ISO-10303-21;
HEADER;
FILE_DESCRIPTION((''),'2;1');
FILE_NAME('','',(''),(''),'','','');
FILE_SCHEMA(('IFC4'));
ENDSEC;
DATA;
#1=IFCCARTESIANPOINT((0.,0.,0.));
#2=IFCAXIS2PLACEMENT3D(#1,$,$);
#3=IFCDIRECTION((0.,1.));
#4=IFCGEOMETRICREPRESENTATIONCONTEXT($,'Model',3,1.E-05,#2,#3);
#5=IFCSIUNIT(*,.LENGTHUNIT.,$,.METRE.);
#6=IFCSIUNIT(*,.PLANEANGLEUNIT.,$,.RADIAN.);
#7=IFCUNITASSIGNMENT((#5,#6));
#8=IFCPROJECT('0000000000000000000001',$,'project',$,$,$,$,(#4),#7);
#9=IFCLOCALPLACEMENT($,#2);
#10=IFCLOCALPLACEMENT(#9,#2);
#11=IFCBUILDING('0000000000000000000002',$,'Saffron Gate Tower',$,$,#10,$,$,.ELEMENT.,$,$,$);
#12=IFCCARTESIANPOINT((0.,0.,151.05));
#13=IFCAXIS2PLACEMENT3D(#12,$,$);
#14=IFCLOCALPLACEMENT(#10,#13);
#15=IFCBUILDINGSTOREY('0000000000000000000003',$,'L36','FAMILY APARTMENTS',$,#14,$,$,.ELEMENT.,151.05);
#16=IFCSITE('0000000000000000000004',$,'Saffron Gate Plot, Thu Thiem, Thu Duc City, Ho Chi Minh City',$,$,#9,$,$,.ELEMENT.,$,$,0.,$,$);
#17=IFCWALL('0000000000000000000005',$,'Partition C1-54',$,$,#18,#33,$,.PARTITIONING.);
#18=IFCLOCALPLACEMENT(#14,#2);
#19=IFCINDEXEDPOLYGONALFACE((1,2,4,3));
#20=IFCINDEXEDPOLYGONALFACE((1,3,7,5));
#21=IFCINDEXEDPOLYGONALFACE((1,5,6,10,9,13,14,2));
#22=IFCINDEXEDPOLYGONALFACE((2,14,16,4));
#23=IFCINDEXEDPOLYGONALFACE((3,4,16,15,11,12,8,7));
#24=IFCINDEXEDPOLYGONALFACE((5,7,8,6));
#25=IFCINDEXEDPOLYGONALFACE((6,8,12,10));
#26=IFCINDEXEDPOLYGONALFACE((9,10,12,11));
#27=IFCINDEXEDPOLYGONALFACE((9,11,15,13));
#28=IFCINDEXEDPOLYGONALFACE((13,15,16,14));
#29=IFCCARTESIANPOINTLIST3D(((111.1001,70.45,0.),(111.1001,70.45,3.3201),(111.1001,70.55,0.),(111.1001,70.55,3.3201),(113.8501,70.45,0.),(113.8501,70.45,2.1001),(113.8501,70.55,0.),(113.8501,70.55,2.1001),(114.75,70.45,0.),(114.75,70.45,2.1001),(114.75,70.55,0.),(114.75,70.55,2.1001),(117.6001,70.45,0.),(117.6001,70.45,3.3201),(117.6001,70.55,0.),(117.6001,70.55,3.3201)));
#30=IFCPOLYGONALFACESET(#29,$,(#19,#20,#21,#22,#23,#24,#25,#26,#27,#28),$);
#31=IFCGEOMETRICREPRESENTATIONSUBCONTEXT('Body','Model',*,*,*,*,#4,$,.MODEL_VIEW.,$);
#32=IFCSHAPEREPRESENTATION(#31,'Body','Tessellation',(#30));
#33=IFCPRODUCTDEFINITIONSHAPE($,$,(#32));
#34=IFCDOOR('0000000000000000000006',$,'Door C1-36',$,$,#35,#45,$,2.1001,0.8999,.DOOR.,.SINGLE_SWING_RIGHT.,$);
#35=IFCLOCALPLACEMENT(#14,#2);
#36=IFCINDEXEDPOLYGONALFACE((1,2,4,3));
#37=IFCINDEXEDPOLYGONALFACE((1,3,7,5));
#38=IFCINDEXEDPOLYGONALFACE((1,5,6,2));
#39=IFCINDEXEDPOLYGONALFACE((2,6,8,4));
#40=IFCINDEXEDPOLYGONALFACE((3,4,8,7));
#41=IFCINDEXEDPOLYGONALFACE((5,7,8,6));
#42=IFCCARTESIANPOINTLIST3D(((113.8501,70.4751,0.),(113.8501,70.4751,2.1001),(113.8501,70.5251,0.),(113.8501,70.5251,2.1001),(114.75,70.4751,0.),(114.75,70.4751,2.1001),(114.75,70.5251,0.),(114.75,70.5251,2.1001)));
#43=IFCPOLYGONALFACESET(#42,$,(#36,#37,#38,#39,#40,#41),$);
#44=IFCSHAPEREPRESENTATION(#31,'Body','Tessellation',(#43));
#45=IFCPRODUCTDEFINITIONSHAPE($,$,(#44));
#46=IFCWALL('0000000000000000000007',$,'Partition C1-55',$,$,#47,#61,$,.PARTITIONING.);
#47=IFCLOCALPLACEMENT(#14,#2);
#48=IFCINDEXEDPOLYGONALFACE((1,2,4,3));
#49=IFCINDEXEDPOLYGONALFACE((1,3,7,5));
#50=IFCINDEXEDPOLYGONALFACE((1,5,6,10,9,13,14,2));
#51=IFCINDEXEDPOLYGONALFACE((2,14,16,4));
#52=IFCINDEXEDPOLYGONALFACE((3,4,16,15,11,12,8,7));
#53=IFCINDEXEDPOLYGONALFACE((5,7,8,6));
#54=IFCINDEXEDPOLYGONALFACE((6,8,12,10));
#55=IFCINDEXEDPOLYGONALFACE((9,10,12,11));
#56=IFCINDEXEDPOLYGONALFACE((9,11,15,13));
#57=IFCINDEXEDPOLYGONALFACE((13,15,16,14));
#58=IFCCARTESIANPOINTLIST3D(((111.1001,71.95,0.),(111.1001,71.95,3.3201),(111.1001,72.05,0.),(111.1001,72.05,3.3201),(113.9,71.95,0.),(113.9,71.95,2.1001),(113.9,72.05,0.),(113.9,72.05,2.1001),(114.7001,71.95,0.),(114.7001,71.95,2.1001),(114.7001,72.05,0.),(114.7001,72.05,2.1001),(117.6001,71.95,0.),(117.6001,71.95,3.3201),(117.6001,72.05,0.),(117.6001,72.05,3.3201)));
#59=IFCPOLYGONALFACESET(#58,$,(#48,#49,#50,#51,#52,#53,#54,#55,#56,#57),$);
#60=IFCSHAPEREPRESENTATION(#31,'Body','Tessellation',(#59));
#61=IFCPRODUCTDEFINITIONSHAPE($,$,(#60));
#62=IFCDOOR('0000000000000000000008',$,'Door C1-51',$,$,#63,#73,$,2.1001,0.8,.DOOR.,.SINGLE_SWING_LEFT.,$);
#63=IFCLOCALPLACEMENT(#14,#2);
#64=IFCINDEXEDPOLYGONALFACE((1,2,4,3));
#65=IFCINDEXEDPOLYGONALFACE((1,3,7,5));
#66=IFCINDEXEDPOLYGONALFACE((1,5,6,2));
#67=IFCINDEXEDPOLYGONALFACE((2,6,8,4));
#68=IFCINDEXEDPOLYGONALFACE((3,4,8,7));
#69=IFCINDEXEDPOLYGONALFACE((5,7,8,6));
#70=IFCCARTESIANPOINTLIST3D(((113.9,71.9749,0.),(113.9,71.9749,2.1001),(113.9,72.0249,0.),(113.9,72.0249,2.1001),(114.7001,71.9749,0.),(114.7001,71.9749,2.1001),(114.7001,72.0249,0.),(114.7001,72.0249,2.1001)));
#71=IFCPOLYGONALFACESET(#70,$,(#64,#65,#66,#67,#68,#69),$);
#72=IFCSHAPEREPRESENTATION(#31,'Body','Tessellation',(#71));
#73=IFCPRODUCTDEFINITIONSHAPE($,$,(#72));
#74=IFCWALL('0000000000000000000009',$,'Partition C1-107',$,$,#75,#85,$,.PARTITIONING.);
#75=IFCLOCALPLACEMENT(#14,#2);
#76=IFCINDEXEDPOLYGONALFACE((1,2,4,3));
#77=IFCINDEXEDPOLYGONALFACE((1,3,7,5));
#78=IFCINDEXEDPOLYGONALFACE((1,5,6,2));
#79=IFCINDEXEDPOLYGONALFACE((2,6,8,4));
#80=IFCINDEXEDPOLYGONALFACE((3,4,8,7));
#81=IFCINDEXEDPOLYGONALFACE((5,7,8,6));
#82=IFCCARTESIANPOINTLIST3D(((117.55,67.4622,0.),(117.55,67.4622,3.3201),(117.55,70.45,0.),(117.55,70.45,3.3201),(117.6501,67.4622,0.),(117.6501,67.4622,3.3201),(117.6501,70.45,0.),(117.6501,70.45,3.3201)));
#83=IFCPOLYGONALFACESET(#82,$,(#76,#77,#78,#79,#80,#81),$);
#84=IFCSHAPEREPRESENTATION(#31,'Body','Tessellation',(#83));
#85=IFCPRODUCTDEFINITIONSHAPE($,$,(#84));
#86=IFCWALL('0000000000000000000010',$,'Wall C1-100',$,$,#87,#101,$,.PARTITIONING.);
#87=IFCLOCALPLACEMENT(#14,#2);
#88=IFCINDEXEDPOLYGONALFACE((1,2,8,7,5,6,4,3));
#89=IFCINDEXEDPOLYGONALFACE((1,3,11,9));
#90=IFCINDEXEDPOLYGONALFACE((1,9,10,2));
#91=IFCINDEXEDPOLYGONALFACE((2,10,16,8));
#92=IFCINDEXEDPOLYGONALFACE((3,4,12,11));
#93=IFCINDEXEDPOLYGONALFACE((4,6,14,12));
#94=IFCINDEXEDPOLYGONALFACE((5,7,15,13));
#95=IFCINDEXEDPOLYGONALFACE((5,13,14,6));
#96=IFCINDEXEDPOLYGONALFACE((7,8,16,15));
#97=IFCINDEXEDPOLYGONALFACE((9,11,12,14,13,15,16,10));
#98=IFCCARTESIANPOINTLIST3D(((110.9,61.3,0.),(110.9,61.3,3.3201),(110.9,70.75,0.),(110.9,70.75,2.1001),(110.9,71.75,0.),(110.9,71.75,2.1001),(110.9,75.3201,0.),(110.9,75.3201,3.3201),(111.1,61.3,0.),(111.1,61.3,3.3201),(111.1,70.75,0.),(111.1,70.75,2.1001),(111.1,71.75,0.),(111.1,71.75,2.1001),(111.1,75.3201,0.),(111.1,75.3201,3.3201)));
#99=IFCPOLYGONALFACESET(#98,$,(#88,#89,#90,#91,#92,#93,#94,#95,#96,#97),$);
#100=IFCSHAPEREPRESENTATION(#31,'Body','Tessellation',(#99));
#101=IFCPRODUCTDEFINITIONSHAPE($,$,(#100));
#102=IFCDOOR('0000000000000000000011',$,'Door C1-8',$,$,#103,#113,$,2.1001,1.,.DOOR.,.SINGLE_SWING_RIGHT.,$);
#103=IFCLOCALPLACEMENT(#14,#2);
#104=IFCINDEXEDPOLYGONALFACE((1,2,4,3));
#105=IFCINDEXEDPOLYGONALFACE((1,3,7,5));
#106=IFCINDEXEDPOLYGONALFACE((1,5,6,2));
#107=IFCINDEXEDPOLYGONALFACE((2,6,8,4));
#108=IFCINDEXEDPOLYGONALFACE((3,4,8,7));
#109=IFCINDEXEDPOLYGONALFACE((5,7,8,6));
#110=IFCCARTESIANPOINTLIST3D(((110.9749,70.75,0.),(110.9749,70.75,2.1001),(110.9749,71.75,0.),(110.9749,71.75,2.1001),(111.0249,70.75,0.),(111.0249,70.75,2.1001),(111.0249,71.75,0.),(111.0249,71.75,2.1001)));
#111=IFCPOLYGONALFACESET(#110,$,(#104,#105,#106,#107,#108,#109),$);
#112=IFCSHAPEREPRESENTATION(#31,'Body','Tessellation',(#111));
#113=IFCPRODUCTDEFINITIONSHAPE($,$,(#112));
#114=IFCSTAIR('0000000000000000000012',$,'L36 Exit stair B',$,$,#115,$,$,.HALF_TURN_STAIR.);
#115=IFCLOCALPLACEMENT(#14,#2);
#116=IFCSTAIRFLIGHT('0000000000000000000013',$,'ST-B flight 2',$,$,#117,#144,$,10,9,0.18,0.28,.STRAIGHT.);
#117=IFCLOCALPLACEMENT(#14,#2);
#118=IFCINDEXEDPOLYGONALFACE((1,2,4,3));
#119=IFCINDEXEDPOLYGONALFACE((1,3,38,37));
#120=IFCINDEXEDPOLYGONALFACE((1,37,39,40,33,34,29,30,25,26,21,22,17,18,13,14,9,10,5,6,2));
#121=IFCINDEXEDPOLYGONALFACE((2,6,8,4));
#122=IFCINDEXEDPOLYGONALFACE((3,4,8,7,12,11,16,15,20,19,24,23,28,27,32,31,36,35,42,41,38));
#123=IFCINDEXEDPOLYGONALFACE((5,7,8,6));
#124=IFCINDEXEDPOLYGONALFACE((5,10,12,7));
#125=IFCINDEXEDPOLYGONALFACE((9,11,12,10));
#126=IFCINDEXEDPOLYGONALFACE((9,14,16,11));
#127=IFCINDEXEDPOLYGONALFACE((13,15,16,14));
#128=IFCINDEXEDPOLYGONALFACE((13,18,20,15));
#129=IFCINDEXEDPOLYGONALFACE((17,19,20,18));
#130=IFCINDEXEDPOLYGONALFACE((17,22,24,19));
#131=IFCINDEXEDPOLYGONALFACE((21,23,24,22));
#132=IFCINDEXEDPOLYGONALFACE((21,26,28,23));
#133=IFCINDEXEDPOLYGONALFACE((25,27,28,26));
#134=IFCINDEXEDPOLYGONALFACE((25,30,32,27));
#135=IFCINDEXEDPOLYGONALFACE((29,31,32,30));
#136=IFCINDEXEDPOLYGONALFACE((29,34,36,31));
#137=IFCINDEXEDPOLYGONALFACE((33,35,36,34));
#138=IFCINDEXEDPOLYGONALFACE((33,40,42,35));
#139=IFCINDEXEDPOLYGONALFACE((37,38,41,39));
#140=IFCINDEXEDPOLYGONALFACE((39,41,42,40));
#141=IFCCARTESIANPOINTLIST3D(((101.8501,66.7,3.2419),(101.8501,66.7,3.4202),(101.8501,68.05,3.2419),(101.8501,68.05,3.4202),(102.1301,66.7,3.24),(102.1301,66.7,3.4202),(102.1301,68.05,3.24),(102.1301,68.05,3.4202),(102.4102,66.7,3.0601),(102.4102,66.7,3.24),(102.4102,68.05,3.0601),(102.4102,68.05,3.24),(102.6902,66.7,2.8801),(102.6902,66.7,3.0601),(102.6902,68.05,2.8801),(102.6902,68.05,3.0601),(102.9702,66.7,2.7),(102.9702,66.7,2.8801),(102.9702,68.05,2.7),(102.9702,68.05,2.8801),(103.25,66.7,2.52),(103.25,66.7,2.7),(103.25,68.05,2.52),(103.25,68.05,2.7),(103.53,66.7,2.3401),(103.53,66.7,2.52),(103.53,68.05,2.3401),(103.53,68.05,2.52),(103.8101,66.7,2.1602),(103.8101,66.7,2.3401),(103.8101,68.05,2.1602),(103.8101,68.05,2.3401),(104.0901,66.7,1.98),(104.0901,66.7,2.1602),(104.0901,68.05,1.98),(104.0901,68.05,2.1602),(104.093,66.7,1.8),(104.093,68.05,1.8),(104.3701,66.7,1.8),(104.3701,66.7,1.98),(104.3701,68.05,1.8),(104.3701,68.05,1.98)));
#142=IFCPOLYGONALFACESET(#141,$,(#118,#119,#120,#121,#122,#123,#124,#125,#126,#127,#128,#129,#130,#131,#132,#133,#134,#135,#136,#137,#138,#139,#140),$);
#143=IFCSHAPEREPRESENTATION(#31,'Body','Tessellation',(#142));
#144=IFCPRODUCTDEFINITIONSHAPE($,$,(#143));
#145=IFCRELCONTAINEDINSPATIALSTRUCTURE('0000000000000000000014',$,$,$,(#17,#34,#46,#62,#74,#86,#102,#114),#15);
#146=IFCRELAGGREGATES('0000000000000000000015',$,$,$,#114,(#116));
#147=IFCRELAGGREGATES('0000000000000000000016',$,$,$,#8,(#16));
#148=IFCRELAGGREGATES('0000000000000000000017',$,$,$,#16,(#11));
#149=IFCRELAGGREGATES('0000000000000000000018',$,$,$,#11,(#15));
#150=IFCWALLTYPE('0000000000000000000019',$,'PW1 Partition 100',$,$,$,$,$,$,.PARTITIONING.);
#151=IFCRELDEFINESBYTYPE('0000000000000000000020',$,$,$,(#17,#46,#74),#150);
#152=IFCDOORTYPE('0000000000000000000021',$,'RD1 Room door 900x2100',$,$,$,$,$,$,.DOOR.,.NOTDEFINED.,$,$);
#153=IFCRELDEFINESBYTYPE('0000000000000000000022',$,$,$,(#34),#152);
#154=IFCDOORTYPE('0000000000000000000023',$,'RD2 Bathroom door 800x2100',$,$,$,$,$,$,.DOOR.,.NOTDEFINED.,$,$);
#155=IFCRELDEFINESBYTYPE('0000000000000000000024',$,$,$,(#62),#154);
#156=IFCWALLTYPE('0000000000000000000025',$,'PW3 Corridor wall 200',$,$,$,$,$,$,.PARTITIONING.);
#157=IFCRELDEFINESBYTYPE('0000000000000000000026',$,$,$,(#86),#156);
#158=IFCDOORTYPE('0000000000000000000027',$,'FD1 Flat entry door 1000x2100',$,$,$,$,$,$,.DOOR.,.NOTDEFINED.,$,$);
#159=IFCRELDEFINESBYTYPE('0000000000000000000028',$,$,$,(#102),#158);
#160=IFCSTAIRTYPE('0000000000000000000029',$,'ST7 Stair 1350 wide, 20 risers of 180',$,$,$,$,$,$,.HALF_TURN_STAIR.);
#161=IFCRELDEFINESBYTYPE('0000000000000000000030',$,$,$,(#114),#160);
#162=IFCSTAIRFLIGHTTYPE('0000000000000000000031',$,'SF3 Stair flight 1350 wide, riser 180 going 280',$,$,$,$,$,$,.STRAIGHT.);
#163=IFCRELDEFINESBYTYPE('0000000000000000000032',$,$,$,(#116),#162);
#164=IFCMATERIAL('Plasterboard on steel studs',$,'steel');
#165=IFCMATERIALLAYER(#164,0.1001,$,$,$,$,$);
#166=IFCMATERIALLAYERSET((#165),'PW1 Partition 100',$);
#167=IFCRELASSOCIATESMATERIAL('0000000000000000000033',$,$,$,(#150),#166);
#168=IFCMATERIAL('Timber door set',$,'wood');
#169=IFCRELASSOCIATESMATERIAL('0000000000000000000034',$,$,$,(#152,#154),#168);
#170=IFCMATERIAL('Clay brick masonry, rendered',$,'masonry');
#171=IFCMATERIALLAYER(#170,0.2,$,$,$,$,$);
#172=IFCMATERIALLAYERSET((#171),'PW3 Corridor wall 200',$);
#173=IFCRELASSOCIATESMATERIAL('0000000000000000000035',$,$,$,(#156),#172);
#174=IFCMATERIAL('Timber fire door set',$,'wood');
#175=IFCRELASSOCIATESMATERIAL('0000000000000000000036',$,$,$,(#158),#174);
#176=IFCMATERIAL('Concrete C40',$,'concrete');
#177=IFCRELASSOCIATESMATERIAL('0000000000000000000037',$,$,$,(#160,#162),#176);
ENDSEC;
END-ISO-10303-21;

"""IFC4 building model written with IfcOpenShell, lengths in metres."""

from ifc_helpers import new_model, si_unit, direction, frame, frame_2d, origin, place, context, subcontext, project, spatial, polyline, rectangle, outline, extrude, material, layer, layer_set, type_object, element, fill, aggregate, save


model = new_model("IFC4")

# Units and contexts
model_context = context("Model", 3, precision=1e-05, world=origin(), true_north=direction((0.0, 1.0)))
body_context = subcontext(model_context, "Body", "Model", "MODEL_VIEW")
ifc_project = project(units=[si_unit("LENGTHUNIT", "METRE"), si_unit("PLANEANGLEUNIT", "RADIAN")], contexts=[model_context])

# Site, building, storey
site_placement = place(None, origin())
site = spatial("IfcSite", under=ifc_project, at=site_placement, Name="Saffron Gate Plot, Thu Thiem, Thu Duc City, Ho Chi Minh City", CompositionType="ELEMENT", RefElevation=0.0)
building_placement = place(site_placement, origin())
building = spatial("IfcBuilding", under=site, at=building_placement, Name="Saffron Gate Tower", CompositionType="ELEMENT")
storey_placement = place(building_placement, frame((0.0, 0.0, 151.05)))
storey = spatial("IfcBuildingStorey", under=building, at=storey_placement, Name="L36", Description="FAMILY APARTMENTS", CompositionType="ELEMENT", Elevation=151.05)

# Shared definitions
ifc_material_1 = material(Name="Plasterboard on steel studs", Category="steel")
ifc_layer_1 = layer(ifc_material_1, 0.1001)
ifc_layer_set_1 = layer_set([ifc_layer_1], Name="PW1 Partition 100")
wall_type_1 = type_object("IfcWallType", Name="PW1 Partition 100", PredefinedType="PARTITIONING", material=ifc_layer_set_1)

# Walls, openings, doors
wall_1_placement = place(storey_placement, frame((117.6001, 70.5, 0.0), z_axis=(0.0, 0.0, 1.0), x_axis=(-1.0, 0.0, 0.0)))
wall_1 = element("IfcWall", 1, at=wall_1_placement, inside=storey, type_object=wall_type_1, Name="Partition C1-54", PredefinedType="PARTITIONING", context=body_context, shape_type="SweptSolid", body=[
    extrude(rectangle(XDim=6.5, YDim=0.1001, at=frame_2d((3.25, 0.0))), origin(), (0.0, 0.0, 1.0), 3.3201),
])
opening_1_placement = place(wall_1_placement, frame((2.8501, 0.0, 0.0)))
opening_1 = element("IfcOpeningElement", 2, at=opening_1_placement, cuts=wall_1, PredefinedType="OPENING", context=body_context, shape_type="SweptSolid", body=[
    extrude(rectangle(XDim=0.8999, YDim=2.1001, at=frame_2d((0.45, 1.05))), frame((0.0, 0.0601, 0.0), z_axis=(0.0, -1.0, 0.0), x_axis=(1.0, 0.0, 0.0)), (0.0, 0.0, 1.0), 0.1201),
])
ifc_material_2 = material(Name="Timber door set", Category="wood")
door_type_1 = type_object("IfcDoorType", Name="RD1 Room door 900x2100", OperationType="NOTDEFINED", PredefinedType="DOOR", material=ifc_material_2)
door_1_placement = place(opening_1_placement, origin())
door_1 = element("IfcDoor", 3, at=door_1_placement, inside=storey, type_object=door_type_1, Name="Door C1-36", OperationType="SINGLE_SWING_RIGHT", OverallHeight=2.1001, OverallWidth=0.8999, PredefinedType="DOOR", context=body_context, shape_type="SweptSolid", body=[
    extrude(rectangle(XDim=0.8999, YDim=2.1001, at=frame_2d((0.45, 1.05))), frame((0.0, 0.0249, 0.0), z_axis=(0.0, -1.0, 0.0), x_axis=(1.0, 0.0, 0.0)), (0.0, 0.0, 1.0), 0.05),
])
fill(opening_1, door_1)
wall_2_placement = place(storey_placement, frame((111.1001, 72.0, 0.0), z_axis=(0.0, 0.0, 1.0), x_axis=(1.0, 0.0, 0.0)))
wall_2 = element("IfcWall", 4, at=wall_2_placement, inside=storey, type_object=wall_type_1, Name="Partition C1-55", PredefinedType="PARTITIONING", context=body_context, shape_type="SweptSolid", body=[
    extrude(rectangle(XDim=6.5, YDim=0.1001, at=frame_2d((3.25, 0.0))), origin(), (0.0, 0.0, 1.0), 3.3201),
])
opening_2_placement = place(wall_2_placement, frame((2.8, 0.0, 0.0)))
opening_2 = element("IfcOpeningElement", 5, at=opening_2_placement, cuts=wall_2, PredefinedType="OPENING", context=body_context, shape_type="SweptSolid", body=[
    extrude(rectangle(XDim=0.8, YDim=2.1001, at=frame_2d((0.3999, 1.05))), frame((0.0, 0.0601, 0.0), z_axis=(0.0, -1.0, 0.0), x_axis=(1.0, 0.0, 0.0)), (0.0, 0.0, 1.0), 0.1201),
])
door_type_2 = type_object("IfcDoorType", Name="RD2 Bathroom door 800x2100", OperationType="NOTDEFINED", PredefinedType="DOOR", material=ifc_material_2)
door_2_placement = place(opening_2_placement, origin())
door_2 = element("IfcDoor", 6, at=door_2_placement, inside=storey, type_object=door_type_2, Name="Door C1-51", OperationType="SINGLE_SWING_LEFT", OverallHeight=2.1001, OverallWidth=0.8, PredefinedType="DOOR", context=body_context, shape_type="SweptSolid", body=[
    extrude(rectangle(XDim=0.8, YDim=2.1001, at=frame_2d((0.3999, 1.05))), frame((0.0, 0.0249, 0.0), z_axis=(0.0, -1.0, 0.0), x_axis=(1.0, 0.0, 0.0)), (0.0, 0.0, 1.0), 0.05),
])
fill(opening_2, door_2)

# Wall
wall_3_placement = place(storey_placement, frame((117.6001, 70.45, 0.0), z_axis=(0.0, 0.0, 1.0), x_axis=(0.0, -1.0, 0.0)))
element("IfcWall", 7, at=wall_3_placement, inside=storey, type_object=wall_type_1, Name="Partition C1-107", PredefinedType="PARTITIONING", context=body_context, shape_type="SweptSolid", body=[
    extrude(rectangle(XDim=2.9878, YDim=0.1001, at=frame_2d((1.4939, 0.0))), origin(), (0.0, 0.0, 1.0), 3.3201),
])

# Wall, opening, door
ifc_material_3 = material(Name="Clay brick masonry, rendered", Category="masonry")
ifc_layer_2 = layer(ifc_material_3, 0.2)
ifc_layer_set_2 = layer_set([ifc_layer_2], Name="PW3 Corridor wall 200")
wall_type_2 = type_object("IfcWallType", Name="PW3 Corridor wall 200", PredefinedType="PARTITIONING", material=ifc_layer_set_2)
wall_4_placement = place(storey_placement, frame((111.0, 75.3201, 0.0), z_axis=(0.0, 0.0, 1.0), x_axis=(0.0, -1.0, 0.0)))
wall_4 = element("IfcWall", 8, at=wall_4_placement, inside=storey, type_object=wall_type_2, Name="Wall C1-100", PredefinedType="PARTITIONING", context=body_context, shape_type="SweptSolid", body=[
    extrude(rectangle(XDim=14.02, YDim=0.2, at=frame_2d((7.01, 0.0))), origin(), (0.0, 0.0, 1.0), 3.3201),
])
opening_3_placement = place(wall_4_placement, frame((3.5701, 0.0, 0.0)))
opening_3 = element("IfcOpeningElement", 9, at=opening_3_placement, cuts=wall_4, PredefinedType="OPENING", context=body_context, shape_type="SweptSolid", body=[
    extrude(rectangle(XDim=1.0, YDim=2.1001, at=frame_2d((0.5, 1.05))), frame((0.0, 0.1099, 0.0), z_axis=(0.0, -1.0, 0.0), x_axis=(1.0, 0.0, 0.0)), (0.0, 0.0, 1.0), 0.22),
])
ifc_material_4 = material(Name="Timber fire door set", Category="wood")
door_type_3 = type_object("IfcDoorType", Name="FD1 Flat entry door 1000x2100", OperationType="NOTDEFINED", PredefinedType="DOOR", material=ifc_material_4)
door_3_placement = place(opening_3_placement, origin())
door_3 = element("IfcDoor", 10, at=door_3_placement, inside=storey, type_object=door_type_3, Name="Door C1-8", OperationType="SINGLE_SWING_RIGHT", OverallHeight=2.1001, OverallWidth=1.0, PredefinedType="DOOR", context=body_context, shape_type="SweptSolid", body=[
    extrude(rectangle(XDim=1.0, YDim=2.1001, at=frame_2d((0.5, 1.05))), frame((0.0, 0.0249, 0.0), z_axis=(0.0, -1.0, 0.0), x_axis=(1.0, 0.0, 0.0)), (0.0, 0.0, 1.0), 0.05),
])
fill(opening_3, door_3)

# Stair, stair flight
ifc_material_5 = material(Name="Concrete C40", Category="concrete")
stair_type = type_object("IfcStairType", Name="ST7 Stair 1350 wide, 20 risers of 180", PredefinedType="HALF_TURN_STAIR", material=ifc_material_5)
stair_placement = place(storey_placement, origin())
stair = element("IfcStair", 11, at=stair_placement, inside=storey, type_object=stair_type, Name="L36 Exit stair B", PredefinedType="HALF_TURN_STAIR")
stair_flight_type = type_object("IfcStairFlightType", Name="SF3 Stair flight 1350 wide, riser 180 going 280", PredefinedType="STRAIGHT", material=ifc_material_5)
stair_flight_placement = place(storey_placement, frame((104.3701, 67.375, 1.8), z_axis=(0.0, 0.0, 1.0), x_axis=(-1.0, 0.0, 0.0)))
stair_flight = element("IfcStairFlight", 12, at=stair_flight_placement, type_object=stair_flight_type, Name="ST-B flight 2", NumberOfRisers=10, NumberOfTreads=9, PredefinedType="STRAIGHT", RiserHeight=0.18, TreadLength=0.28, context=body_context, shape_type="SweptSolid", body=[
    extrude(outline(polyline([(0.0, 0.0), (0.0, 0.1799), (0.28, 0.1799), (0.28, 0.3601), (0.5601, 0.3601), (0.5601, 0.54), (0.8401, 0.54), (0.8401, 0.72), (1.1201, 0.72), (1.1201, 0.8999), (1.3999, 0.8999), (1.3999, 1.0801), (1.6799, 1.0801), (1.6799, 1.26), (1.96, 1.26), (1.96, 1.4399), (2.24, 1.4399), (2.24, 1.6201), (2.52, 1.6201), (2.52, 1.8), (2.52, 1.4419), (0.2771, 0.0), (0.0, 0.0)])), frame((0.0, 0.675, 0.0), z_axis=(0.0, -1.0, 0.0), x_axis=(1.0, 0.0, 0.0)), (0.0, 0.0, 1.0), 1.3501),
])
aggregate(stair, [stair_flight])

save(model, "model.ifc")
